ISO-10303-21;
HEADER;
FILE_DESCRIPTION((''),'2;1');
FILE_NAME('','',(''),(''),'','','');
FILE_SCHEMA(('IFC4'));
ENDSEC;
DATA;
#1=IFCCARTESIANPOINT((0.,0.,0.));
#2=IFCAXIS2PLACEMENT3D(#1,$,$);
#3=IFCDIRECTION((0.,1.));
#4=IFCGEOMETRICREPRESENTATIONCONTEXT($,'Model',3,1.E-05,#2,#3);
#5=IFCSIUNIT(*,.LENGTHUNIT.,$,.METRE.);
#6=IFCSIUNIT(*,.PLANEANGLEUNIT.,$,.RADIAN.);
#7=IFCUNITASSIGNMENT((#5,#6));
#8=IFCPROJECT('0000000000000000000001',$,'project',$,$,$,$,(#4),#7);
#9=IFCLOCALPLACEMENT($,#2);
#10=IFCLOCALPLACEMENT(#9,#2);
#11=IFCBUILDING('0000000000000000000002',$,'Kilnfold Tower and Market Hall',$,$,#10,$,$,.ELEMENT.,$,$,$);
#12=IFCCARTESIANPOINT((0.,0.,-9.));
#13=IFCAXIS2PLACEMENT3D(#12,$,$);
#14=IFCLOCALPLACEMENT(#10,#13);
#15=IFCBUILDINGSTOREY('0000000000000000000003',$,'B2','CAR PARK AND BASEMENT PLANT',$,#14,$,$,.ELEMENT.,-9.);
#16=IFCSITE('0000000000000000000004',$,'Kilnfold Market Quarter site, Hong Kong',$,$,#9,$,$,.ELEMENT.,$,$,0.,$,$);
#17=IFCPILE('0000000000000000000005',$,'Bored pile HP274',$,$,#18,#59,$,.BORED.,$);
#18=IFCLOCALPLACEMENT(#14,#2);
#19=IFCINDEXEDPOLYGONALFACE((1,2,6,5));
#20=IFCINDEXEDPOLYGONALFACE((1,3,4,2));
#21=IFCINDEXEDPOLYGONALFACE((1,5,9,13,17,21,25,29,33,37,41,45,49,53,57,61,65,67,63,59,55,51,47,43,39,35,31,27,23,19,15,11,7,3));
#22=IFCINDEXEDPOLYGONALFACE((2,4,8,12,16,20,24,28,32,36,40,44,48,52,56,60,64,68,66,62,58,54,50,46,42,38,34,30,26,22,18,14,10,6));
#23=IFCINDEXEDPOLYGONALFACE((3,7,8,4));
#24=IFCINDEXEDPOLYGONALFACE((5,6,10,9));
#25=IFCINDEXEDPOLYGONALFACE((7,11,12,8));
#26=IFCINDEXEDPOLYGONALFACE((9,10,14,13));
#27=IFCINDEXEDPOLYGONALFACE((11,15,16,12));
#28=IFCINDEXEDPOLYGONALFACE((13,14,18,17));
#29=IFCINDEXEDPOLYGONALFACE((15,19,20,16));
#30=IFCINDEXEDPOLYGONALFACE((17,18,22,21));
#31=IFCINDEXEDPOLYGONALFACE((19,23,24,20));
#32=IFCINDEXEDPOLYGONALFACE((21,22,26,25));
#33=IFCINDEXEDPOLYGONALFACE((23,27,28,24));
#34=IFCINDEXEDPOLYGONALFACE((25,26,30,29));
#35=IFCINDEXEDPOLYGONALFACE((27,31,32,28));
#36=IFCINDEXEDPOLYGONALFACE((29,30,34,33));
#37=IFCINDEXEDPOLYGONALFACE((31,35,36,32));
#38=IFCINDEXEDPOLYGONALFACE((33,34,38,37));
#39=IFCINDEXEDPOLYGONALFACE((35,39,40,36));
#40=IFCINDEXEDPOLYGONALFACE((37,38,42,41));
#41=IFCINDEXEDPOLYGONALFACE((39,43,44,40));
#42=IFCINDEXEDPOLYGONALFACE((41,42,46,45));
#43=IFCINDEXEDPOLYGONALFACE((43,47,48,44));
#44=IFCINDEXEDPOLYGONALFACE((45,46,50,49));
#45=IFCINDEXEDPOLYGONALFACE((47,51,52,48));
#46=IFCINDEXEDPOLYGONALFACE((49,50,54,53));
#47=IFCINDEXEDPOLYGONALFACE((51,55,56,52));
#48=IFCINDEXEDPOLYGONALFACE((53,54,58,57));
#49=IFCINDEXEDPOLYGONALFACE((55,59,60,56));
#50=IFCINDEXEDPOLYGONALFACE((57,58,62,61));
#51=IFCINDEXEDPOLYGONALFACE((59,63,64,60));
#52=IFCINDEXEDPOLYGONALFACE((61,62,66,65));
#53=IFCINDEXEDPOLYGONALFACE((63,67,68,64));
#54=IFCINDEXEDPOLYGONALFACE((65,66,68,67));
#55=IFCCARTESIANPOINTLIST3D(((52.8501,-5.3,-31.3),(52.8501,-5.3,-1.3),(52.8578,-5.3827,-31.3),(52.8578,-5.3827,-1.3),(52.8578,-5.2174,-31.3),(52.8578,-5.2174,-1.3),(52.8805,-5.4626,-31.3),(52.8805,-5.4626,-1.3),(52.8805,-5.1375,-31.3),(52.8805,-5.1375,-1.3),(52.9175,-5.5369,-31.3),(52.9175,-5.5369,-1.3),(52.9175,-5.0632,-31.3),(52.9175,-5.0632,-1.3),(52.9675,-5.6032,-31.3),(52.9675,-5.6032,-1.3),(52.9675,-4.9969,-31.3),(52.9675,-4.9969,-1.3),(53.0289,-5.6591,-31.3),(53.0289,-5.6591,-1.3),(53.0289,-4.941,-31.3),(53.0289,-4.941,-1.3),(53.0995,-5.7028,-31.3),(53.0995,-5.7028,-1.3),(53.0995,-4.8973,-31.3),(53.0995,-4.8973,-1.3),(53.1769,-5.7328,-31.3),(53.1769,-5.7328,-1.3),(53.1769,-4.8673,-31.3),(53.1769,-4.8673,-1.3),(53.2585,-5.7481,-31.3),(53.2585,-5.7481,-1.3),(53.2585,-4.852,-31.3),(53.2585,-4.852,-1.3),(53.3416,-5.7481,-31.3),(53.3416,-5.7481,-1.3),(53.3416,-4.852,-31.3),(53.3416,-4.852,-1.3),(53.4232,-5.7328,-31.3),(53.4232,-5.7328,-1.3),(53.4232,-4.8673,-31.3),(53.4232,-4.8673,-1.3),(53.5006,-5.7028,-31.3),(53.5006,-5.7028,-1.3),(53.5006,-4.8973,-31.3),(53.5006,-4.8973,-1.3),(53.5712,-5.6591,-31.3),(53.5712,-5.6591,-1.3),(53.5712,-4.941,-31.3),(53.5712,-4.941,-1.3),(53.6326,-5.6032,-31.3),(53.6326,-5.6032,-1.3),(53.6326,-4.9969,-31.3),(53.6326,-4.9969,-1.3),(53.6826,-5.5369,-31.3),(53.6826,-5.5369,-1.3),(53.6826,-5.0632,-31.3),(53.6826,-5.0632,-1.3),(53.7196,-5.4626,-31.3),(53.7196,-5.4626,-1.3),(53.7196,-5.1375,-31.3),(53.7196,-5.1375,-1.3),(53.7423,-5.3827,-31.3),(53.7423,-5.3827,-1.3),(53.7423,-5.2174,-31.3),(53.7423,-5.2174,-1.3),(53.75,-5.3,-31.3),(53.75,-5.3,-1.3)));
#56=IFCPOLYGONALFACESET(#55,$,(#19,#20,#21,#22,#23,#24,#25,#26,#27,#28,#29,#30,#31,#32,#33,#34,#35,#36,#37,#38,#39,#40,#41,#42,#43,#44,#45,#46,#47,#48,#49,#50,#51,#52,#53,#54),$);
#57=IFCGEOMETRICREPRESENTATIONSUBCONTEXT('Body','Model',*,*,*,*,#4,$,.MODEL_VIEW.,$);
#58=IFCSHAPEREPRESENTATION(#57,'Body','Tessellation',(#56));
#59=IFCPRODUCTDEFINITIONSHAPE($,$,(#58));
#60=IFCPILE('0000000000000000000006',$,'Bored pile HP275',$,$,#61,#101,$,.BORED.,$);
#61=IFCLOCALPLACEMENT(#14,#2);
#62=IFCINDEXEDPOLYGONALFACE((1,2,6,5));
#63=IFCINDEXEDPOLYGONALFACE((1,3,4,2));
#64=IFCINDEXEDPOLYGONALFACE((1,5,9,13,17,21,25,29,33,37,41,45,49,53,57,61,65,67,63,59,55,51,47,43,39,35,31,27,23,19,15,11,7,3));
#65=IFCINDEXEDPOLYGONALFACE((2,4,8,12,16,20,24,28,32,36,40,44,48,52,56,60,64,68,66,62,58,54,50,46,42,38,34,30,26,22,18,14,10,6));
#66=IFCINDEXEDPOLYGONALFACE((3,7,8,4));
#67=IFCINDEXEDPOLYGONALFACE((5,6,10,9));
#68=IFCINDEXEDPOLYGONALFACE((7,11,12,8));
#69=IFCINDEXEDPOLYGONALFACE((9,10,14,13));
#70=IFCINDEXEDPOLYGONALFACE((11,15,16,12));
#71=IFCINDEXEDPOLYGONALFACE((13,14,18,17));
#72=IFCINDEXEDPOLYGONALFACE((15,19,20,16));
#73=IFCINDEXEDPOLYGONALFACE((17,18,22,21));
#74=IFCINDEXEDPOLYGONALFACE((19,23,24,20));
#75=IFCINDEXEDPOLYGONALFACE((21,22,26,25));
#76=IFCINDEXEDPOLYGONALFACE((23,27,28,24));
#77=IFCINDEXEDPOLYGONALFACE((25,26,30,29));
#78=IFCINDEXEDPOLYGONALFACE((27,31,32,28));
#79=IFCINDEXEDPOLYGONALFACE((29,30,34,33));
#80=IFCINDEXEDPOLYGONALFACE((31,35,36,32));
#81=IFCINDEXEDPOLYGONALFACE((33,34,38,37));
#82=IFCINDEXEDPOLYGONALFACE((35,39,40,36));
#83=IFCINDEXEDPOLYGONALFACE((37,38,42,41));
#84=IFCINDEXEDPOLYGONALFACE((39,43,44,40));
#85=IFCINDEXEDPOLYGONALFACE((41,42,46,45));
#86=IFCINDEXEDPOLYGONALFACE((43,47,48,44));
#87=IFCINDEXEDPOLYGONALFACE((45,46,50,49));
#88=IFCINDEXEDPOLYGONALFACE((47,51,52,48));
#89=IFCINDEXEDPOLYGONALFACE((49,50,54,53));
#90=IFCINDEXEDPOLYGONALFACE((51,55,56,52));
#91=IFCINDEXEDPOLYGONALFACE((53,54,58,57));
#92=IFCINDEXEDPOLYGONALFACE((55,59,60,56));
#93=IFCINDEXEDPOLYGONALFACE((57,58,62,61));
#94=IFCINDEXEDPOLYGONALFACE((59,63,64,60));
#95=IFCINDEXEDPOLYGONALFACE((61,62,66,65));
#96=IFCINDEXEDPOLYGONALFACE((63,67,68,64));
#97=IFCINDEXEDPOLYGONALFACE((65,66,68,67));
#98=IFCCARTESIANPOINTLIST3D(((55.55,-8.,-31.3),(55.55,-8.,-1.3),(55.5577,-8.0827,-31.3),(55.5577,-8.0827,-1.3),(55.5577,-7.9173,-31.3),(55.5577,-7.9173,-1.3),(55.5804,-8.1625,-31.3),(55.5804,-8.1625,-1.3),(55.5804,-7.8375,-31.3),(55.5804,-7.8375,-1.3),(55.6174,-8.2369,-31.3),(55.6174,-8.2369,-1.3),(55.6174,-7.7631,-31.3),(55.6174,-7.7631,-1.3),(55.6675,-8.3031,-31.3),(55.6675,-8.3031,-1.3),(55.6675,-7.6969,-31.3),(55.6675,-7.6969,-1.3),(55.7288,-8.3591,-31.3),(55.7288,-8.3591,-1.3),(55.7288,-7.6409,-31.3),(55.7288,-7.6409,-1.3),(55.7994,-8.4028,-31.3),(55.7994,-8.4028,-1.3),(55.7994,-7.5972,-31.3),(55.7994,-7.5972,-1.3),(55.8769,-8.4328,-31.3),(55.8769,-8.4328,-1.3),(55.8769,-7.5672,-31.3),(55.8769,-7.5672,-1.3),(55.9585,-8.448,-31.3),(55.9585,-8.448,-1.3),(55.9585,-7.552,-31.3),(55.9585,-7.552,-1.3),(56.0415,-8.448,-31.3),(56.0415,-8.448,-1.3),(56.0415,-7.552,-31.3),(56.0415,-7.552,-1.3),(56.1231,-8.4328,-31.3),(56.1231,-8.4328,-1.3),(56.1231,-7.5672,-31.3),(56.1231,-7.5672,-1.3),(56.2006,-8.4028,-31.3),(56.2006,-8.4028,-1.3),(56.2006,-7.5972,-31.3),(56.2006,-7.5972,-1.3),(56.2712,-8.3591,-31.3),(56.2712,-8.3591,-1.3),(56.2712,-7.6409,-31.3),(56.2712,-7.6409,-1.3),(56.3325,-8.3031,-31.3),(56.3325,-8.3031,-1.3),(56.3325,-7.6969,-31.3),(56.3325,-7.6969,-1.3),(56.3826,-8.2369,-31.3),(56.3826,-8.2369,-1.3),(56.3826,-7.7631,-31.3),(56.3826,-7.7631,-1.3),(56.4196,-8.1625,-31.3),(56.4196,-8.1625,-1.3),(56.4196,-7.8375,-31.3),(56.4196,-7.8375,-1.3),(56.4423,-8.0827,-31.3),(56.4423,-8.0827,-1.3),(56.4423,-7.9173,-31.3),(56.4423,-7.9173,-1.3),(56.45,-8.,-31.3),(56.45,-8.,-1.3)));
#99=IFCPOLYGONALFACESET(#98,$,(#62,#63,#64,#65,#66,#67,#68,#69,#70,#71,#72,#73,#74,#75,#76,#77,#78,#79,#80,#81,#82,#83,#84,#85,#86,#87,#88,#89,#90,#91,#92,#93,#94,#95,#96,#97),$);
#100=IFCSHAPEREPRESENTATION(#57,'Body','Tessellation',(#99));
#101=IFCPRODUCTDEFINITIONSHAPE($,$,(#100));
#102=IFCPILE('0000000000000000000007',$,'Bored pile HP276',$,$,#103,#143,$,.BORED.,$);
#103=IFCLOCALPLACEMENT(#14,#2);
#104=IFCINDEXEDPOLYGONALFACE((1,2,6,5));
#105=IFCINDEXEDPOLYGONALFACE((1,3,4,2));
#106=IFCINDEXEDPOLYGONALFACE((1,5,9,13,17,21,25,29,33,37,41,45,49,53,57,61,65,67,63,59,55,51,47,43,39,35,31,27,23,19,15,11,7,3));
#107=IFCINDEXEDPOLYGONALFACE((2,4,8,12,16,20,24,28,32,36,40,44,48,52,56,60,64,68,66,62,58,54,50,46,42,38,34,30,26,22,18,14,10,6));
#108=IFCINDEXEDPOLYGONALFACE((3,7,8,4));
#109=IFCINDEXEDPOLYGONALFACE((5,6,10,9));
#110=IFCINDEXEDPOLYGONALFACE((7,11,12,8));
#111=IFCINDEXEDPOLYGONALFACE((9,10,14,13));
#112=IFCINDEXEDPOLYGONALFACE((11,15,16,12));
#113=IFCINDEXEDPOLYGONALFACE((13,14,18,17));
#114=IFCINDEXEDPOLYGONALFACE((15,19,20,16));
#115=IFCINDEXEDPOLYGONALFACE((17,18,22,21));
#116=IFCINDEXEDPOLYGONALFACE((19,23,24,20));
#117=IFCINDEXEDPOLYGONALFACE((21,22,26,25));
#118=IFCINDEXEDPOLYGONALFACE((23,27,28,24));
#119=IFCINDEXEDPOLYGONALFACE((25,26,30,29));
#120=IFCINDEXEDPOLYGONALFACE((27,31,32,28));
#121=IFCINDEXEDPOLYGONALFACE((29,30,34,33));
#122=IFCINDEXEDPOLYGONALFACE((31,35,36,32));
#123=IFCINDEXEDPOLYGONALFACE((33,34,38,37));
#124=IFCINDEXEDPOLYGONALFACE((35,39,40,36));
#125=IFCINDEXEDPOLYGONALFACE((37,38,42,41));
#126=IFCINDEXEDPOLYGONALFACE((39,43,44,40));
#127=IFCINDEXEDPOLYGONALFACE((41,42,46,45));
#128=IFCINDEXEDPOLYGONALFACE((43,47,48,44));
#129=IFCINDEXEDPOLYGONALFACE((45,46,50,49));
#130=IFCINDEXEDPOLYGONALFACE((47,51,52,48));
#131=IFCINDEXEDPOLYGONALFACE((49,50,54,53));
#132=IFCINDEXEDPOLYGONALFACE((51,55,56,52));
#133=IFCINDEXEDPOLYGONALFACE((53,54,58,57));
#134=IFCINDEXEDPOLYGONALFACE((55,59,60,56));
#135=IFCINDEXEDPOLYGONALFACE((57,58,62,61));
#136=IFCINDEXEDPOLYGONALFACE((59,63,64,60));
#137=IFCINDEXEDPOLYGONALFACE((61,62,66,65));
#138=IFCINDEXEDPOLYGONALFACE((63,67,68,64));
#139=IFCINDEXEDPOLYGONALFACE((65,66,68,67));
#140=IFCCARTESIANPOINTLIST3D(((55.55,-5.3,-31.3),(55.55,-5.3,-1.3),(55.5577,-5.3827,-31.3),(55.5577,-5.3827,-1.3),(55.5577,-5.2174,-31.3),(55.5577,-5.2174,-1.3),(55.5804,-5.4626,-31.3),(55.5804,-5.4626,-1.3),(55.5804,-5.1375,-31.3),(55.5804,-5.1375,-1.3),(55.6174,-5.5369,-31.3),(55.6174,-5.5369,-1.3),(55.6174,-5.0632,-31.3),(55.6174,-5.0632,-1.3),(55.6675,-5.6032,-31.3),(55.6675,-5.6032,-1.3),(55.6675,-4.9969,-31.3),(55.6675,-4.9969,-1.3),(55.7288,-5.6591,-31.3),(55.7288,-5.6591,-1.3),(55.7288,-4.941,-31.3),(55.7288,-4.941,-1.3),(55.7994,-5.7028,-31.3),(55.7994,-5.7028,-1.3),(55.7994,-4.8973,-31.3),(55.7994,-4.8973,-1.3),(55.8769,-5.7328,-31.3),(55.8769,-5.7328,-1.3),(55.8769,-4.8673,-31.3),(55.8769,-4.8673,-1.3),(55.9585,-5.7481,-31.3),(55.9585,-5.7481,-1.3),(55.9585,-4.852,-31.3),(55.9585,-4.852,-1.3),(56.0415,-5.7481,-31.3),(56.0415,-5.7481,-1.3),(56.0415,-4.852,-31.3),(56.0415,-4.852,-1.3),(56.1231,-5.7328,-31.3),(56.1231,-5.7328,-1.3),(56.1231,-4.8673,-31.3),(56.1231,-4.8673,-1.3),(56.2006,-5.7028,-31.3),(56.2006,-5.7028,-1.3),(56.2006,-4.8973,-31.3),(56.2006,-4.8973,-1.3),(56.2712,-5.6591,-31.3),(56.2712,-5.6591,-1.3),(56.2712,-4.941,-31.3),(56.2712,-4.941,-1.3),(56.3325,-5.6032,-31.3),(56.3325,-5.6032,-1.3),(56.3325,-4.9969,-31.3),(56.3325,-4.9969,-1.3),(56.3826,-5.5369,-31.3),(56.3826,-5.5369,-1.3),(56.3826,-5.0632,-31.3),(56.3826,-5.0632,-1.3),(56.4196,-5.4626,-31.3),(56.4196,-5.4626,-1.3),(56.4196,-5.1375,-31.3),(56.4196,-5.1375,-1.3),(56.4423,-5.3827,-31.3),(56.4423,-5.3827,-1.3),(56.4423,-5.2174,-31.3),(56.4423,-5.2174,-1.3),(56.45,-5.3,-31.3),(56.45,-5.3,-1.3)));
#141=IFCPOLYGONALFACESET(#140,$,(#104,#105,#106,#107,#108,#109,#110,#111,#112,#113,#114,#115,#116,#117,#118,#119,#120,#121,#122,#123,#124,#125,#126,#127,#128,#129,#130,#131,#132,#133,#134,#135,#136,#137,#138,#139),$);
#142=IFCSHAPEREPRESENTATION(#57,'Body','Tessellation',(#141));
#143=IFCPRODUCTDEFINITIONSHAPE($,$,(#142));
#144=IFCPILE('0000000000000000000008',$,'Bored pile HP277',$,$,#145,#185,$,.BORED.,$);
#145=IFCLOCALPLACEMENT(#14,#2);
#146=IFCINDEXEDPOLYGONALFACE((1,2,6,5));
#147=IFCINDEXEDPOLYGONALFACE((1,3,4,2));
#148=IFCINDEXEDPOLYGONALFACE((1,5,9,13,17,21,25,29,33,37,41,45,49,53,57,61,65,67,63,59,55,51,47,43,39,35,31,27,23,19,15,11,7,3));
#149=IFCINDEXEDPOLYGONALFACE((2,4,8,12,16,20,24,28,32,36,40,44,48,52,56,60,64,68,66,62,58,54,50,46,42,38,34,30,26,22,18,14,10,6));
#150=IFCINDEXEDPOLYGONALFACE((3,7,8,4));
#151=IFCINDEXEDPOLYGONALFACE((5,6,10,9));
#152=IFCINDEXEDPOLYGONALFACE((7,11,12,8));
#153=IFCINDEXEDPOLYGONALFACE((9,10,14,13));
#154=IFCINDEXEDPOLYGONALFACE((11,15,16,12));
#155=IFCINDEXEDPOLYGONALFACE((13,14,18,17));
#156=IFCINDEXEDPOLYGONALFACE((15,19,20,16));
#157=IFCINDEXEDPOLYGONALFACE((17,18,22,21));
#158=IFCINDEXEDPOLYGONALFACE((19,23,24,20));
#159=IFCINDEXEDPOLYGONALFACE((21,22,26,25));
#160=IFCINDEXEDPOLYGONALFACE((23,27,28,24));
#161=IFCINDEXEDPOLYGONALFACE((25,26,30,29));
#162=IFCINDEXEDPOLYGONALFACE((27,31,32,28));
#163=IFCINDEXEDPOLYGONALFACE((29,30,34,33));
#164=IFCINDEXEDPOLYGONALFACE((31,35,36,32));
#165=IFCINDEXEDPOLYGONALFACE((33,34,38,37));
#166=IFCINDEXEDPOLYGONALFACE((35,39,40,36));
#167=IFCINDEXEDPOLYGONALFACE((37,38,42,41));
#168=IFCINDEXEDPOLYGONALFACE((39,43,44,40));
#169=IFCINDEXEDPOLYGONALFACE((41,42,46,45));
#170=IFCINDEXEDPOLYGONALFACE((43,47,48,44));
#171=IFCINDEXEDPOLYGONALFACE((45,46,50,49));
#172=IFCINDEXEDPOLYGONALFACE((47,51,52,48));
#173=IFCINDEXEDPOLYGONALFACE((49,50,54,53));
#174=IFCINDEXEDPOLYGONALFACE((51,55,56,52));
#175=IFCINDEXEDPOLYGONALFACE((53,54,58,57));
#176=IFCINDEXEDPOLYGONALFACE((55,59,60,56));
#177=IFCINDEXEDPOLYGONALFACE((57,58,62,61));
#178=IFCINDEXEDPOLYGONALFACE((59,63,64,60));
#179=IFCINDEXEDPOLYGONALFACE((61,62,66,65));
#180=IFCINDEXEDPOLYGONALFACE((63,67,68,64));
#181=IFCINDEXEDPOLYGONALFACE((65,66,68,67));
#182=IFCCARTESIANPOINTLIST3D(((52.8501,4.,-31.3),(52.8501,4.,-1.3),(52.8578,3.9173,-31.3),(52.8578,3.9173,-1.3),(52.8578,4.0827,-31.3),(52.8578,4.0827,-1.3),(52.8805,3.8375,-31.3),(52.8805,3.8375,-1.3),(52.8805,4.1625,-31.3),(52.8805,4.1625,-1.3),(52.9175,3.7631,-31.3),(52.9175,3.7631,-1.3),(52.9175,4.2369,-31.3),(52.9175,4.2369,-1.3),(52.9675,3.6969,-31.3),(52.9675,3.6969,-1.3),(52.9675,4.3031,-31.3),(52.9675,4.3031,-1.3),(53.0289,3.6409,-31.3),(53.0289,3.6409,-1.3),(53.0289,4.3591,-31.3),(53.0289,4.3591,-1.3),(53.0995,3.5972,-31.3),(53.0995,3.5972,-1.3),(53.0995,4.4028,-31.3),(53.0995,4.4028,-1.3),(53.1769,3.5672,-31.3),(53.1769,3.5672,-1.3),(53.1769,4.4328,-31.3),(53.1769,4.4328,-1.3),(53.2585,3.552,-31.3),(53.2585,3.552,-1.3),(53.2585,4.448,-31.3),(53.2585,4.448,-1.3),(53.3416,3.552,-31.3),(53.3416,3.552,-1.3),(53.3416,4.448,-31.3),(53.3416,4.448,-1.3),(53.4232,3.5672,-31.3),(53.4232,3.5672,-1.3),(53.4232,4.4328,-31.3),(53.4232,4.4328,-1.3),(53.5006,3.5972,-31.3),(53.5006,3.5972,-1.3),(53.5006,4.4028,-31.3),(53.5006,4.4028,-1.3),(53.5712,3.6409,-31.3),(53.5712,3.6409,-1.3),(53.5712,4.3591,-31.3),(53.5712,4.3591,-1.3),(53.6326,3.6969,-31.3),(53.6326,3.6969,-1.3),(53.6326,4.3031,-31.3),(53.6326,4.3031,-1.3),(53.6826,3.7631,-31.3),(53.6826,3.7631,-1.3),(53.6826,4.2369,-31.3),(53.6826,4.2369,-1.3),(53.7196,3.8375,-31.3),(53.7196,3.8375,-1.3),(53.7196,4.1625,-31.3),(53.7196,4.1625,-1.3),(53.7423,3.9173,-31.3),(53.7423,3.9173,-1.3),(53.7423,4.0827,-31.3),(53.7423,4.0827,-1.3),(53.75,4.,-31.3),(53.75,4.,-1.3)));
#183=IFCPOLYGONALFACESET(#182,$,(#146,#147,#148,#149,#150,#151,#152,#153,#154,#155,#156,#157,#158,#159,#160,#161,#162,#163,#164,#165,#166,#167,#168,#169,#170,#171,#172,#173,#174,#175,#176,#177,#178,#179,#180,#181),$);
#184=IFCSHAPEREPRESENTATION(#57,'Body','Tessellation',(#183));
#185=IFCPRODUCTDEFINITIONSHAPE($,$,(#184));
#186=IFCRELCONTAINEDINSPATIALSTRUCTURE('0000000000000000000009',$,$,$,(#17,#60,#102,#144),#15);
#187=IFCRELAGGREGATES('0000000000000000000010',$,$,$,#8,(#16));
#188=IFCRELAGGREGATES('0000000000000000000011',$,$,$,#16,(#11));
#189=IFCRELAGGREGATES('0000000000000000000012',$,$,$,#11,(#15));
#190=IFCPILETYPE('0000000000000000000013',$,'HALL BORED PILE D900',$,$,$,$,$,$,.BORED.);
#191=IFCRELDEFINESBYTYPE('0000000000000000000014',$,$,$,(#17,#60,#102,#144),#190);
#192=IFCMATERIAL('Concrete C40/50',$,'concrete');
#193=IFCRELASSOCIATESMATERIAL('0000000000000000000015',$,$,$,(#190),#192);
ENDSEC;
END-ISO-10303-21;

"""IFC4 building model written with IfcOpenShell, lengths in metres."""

from ifc_helpers import new_model, si_unit, direction, frame, origin, origin_2d, place, context, subcontext, project, spatial, circle, extrude, source, transform, mapped, material, material_profile, profile_set, type_object, element, save


model = new_model("IFC4")

# Units and contexts
model_context = context("Model", 3, precision=1e-05, world=origin(), true_north=direction((0.0, 1.0)))
body_context = subcontext(model_context, "Body", "Model", "MODEL_VIEW")
ifc_project = project(units=[si_unit("LENGTHUNIT", "METRE"), si_unit("PLANEANGLEUNIT", "RADIAN")], contexts=[model_context])

# Site, building, storey
site_placement = place(None, origin())
site = spatial("IfcSite", under=ifc_project, at=site_placement, Name="Kilnfold Market Quarter site, Hong Kong", CompositionType="ELEMENT", RefElevation=0.0)
building_placement = place(site_placement, origin())
building = spatial("IfcBuilding", under=site, at=building_placement, Name="Kilnfold Tower and Market Hall", CompositionType="ELEMENT")
storey_placement = place(building_placement, frame((0.0, 0.0, -9.0)))
storey = spatial("IfcBuildingStorey", under=building, at=storey_placement, Name="B2", Description="CAR PARK AND BASEMENT PLANT", CompositionType="ELEMENT", Elevation=-9.0)

# Piles
ifc_material_1 = material(Name="Concrete C40/50", Category="concrete")
ifc_material_profile_1 = material_profile(ifc_material_1, circle(Radius=0.45, at=origin_2d()), Name="D900")
ifc_profile_set_1 = profile_set([ifc_material_profile_1], Name="Concrete C40/50")
pile_type = type_object("IfcPileType", Name="HALL BORED PILE D900", PredefinedType="BORED", material=ifc_profile_set_1)
shared_shape_1 = source(origin(), body_context, "Body", "SweptSolid", [
    extrude(circle(Radius=0.45, at=origin_2d()), origin(), (0.0, 0.0, 1.0), 30.0),
])
for number, where, z_axis, x_axis, name in (
    (1, (53.3, -5.3, -1.3), (0.0, 0.0, -1.0), (1.0, 0.0, 0.0), "Bored pile HP274"),
    (2, (56.0, -8.0, -1.3), (0.0, 0.0, -1.0), (1.0, 0.0, 0.0), "Bored pile HP275"),
    (3, (56.0, -5.3, -1.3), (0.0, 0.0, -1.0), (1.0, 0.0, 0.0), "Bored pile HP276"),
    (4, (53.3, 4.0, -1.3), (0.0, 0.0, -1.0), (1.0, 0.0, 0.0), "Bored pile HP277"),
):
    element("IfcPile", number, at=place(storey_placement, frame(where, z_axis=z_axis, x_axis=x_axis)), inside=storey, type_object=pile_type, Name=name, PredefinedType="BORED", context=body_context, shape_type="MappedRepresentation", body=[
        mapped(shared_shape_1, transform((0.0, 0.0, 0.0))),
    ])

save(model, "model.ifc")
